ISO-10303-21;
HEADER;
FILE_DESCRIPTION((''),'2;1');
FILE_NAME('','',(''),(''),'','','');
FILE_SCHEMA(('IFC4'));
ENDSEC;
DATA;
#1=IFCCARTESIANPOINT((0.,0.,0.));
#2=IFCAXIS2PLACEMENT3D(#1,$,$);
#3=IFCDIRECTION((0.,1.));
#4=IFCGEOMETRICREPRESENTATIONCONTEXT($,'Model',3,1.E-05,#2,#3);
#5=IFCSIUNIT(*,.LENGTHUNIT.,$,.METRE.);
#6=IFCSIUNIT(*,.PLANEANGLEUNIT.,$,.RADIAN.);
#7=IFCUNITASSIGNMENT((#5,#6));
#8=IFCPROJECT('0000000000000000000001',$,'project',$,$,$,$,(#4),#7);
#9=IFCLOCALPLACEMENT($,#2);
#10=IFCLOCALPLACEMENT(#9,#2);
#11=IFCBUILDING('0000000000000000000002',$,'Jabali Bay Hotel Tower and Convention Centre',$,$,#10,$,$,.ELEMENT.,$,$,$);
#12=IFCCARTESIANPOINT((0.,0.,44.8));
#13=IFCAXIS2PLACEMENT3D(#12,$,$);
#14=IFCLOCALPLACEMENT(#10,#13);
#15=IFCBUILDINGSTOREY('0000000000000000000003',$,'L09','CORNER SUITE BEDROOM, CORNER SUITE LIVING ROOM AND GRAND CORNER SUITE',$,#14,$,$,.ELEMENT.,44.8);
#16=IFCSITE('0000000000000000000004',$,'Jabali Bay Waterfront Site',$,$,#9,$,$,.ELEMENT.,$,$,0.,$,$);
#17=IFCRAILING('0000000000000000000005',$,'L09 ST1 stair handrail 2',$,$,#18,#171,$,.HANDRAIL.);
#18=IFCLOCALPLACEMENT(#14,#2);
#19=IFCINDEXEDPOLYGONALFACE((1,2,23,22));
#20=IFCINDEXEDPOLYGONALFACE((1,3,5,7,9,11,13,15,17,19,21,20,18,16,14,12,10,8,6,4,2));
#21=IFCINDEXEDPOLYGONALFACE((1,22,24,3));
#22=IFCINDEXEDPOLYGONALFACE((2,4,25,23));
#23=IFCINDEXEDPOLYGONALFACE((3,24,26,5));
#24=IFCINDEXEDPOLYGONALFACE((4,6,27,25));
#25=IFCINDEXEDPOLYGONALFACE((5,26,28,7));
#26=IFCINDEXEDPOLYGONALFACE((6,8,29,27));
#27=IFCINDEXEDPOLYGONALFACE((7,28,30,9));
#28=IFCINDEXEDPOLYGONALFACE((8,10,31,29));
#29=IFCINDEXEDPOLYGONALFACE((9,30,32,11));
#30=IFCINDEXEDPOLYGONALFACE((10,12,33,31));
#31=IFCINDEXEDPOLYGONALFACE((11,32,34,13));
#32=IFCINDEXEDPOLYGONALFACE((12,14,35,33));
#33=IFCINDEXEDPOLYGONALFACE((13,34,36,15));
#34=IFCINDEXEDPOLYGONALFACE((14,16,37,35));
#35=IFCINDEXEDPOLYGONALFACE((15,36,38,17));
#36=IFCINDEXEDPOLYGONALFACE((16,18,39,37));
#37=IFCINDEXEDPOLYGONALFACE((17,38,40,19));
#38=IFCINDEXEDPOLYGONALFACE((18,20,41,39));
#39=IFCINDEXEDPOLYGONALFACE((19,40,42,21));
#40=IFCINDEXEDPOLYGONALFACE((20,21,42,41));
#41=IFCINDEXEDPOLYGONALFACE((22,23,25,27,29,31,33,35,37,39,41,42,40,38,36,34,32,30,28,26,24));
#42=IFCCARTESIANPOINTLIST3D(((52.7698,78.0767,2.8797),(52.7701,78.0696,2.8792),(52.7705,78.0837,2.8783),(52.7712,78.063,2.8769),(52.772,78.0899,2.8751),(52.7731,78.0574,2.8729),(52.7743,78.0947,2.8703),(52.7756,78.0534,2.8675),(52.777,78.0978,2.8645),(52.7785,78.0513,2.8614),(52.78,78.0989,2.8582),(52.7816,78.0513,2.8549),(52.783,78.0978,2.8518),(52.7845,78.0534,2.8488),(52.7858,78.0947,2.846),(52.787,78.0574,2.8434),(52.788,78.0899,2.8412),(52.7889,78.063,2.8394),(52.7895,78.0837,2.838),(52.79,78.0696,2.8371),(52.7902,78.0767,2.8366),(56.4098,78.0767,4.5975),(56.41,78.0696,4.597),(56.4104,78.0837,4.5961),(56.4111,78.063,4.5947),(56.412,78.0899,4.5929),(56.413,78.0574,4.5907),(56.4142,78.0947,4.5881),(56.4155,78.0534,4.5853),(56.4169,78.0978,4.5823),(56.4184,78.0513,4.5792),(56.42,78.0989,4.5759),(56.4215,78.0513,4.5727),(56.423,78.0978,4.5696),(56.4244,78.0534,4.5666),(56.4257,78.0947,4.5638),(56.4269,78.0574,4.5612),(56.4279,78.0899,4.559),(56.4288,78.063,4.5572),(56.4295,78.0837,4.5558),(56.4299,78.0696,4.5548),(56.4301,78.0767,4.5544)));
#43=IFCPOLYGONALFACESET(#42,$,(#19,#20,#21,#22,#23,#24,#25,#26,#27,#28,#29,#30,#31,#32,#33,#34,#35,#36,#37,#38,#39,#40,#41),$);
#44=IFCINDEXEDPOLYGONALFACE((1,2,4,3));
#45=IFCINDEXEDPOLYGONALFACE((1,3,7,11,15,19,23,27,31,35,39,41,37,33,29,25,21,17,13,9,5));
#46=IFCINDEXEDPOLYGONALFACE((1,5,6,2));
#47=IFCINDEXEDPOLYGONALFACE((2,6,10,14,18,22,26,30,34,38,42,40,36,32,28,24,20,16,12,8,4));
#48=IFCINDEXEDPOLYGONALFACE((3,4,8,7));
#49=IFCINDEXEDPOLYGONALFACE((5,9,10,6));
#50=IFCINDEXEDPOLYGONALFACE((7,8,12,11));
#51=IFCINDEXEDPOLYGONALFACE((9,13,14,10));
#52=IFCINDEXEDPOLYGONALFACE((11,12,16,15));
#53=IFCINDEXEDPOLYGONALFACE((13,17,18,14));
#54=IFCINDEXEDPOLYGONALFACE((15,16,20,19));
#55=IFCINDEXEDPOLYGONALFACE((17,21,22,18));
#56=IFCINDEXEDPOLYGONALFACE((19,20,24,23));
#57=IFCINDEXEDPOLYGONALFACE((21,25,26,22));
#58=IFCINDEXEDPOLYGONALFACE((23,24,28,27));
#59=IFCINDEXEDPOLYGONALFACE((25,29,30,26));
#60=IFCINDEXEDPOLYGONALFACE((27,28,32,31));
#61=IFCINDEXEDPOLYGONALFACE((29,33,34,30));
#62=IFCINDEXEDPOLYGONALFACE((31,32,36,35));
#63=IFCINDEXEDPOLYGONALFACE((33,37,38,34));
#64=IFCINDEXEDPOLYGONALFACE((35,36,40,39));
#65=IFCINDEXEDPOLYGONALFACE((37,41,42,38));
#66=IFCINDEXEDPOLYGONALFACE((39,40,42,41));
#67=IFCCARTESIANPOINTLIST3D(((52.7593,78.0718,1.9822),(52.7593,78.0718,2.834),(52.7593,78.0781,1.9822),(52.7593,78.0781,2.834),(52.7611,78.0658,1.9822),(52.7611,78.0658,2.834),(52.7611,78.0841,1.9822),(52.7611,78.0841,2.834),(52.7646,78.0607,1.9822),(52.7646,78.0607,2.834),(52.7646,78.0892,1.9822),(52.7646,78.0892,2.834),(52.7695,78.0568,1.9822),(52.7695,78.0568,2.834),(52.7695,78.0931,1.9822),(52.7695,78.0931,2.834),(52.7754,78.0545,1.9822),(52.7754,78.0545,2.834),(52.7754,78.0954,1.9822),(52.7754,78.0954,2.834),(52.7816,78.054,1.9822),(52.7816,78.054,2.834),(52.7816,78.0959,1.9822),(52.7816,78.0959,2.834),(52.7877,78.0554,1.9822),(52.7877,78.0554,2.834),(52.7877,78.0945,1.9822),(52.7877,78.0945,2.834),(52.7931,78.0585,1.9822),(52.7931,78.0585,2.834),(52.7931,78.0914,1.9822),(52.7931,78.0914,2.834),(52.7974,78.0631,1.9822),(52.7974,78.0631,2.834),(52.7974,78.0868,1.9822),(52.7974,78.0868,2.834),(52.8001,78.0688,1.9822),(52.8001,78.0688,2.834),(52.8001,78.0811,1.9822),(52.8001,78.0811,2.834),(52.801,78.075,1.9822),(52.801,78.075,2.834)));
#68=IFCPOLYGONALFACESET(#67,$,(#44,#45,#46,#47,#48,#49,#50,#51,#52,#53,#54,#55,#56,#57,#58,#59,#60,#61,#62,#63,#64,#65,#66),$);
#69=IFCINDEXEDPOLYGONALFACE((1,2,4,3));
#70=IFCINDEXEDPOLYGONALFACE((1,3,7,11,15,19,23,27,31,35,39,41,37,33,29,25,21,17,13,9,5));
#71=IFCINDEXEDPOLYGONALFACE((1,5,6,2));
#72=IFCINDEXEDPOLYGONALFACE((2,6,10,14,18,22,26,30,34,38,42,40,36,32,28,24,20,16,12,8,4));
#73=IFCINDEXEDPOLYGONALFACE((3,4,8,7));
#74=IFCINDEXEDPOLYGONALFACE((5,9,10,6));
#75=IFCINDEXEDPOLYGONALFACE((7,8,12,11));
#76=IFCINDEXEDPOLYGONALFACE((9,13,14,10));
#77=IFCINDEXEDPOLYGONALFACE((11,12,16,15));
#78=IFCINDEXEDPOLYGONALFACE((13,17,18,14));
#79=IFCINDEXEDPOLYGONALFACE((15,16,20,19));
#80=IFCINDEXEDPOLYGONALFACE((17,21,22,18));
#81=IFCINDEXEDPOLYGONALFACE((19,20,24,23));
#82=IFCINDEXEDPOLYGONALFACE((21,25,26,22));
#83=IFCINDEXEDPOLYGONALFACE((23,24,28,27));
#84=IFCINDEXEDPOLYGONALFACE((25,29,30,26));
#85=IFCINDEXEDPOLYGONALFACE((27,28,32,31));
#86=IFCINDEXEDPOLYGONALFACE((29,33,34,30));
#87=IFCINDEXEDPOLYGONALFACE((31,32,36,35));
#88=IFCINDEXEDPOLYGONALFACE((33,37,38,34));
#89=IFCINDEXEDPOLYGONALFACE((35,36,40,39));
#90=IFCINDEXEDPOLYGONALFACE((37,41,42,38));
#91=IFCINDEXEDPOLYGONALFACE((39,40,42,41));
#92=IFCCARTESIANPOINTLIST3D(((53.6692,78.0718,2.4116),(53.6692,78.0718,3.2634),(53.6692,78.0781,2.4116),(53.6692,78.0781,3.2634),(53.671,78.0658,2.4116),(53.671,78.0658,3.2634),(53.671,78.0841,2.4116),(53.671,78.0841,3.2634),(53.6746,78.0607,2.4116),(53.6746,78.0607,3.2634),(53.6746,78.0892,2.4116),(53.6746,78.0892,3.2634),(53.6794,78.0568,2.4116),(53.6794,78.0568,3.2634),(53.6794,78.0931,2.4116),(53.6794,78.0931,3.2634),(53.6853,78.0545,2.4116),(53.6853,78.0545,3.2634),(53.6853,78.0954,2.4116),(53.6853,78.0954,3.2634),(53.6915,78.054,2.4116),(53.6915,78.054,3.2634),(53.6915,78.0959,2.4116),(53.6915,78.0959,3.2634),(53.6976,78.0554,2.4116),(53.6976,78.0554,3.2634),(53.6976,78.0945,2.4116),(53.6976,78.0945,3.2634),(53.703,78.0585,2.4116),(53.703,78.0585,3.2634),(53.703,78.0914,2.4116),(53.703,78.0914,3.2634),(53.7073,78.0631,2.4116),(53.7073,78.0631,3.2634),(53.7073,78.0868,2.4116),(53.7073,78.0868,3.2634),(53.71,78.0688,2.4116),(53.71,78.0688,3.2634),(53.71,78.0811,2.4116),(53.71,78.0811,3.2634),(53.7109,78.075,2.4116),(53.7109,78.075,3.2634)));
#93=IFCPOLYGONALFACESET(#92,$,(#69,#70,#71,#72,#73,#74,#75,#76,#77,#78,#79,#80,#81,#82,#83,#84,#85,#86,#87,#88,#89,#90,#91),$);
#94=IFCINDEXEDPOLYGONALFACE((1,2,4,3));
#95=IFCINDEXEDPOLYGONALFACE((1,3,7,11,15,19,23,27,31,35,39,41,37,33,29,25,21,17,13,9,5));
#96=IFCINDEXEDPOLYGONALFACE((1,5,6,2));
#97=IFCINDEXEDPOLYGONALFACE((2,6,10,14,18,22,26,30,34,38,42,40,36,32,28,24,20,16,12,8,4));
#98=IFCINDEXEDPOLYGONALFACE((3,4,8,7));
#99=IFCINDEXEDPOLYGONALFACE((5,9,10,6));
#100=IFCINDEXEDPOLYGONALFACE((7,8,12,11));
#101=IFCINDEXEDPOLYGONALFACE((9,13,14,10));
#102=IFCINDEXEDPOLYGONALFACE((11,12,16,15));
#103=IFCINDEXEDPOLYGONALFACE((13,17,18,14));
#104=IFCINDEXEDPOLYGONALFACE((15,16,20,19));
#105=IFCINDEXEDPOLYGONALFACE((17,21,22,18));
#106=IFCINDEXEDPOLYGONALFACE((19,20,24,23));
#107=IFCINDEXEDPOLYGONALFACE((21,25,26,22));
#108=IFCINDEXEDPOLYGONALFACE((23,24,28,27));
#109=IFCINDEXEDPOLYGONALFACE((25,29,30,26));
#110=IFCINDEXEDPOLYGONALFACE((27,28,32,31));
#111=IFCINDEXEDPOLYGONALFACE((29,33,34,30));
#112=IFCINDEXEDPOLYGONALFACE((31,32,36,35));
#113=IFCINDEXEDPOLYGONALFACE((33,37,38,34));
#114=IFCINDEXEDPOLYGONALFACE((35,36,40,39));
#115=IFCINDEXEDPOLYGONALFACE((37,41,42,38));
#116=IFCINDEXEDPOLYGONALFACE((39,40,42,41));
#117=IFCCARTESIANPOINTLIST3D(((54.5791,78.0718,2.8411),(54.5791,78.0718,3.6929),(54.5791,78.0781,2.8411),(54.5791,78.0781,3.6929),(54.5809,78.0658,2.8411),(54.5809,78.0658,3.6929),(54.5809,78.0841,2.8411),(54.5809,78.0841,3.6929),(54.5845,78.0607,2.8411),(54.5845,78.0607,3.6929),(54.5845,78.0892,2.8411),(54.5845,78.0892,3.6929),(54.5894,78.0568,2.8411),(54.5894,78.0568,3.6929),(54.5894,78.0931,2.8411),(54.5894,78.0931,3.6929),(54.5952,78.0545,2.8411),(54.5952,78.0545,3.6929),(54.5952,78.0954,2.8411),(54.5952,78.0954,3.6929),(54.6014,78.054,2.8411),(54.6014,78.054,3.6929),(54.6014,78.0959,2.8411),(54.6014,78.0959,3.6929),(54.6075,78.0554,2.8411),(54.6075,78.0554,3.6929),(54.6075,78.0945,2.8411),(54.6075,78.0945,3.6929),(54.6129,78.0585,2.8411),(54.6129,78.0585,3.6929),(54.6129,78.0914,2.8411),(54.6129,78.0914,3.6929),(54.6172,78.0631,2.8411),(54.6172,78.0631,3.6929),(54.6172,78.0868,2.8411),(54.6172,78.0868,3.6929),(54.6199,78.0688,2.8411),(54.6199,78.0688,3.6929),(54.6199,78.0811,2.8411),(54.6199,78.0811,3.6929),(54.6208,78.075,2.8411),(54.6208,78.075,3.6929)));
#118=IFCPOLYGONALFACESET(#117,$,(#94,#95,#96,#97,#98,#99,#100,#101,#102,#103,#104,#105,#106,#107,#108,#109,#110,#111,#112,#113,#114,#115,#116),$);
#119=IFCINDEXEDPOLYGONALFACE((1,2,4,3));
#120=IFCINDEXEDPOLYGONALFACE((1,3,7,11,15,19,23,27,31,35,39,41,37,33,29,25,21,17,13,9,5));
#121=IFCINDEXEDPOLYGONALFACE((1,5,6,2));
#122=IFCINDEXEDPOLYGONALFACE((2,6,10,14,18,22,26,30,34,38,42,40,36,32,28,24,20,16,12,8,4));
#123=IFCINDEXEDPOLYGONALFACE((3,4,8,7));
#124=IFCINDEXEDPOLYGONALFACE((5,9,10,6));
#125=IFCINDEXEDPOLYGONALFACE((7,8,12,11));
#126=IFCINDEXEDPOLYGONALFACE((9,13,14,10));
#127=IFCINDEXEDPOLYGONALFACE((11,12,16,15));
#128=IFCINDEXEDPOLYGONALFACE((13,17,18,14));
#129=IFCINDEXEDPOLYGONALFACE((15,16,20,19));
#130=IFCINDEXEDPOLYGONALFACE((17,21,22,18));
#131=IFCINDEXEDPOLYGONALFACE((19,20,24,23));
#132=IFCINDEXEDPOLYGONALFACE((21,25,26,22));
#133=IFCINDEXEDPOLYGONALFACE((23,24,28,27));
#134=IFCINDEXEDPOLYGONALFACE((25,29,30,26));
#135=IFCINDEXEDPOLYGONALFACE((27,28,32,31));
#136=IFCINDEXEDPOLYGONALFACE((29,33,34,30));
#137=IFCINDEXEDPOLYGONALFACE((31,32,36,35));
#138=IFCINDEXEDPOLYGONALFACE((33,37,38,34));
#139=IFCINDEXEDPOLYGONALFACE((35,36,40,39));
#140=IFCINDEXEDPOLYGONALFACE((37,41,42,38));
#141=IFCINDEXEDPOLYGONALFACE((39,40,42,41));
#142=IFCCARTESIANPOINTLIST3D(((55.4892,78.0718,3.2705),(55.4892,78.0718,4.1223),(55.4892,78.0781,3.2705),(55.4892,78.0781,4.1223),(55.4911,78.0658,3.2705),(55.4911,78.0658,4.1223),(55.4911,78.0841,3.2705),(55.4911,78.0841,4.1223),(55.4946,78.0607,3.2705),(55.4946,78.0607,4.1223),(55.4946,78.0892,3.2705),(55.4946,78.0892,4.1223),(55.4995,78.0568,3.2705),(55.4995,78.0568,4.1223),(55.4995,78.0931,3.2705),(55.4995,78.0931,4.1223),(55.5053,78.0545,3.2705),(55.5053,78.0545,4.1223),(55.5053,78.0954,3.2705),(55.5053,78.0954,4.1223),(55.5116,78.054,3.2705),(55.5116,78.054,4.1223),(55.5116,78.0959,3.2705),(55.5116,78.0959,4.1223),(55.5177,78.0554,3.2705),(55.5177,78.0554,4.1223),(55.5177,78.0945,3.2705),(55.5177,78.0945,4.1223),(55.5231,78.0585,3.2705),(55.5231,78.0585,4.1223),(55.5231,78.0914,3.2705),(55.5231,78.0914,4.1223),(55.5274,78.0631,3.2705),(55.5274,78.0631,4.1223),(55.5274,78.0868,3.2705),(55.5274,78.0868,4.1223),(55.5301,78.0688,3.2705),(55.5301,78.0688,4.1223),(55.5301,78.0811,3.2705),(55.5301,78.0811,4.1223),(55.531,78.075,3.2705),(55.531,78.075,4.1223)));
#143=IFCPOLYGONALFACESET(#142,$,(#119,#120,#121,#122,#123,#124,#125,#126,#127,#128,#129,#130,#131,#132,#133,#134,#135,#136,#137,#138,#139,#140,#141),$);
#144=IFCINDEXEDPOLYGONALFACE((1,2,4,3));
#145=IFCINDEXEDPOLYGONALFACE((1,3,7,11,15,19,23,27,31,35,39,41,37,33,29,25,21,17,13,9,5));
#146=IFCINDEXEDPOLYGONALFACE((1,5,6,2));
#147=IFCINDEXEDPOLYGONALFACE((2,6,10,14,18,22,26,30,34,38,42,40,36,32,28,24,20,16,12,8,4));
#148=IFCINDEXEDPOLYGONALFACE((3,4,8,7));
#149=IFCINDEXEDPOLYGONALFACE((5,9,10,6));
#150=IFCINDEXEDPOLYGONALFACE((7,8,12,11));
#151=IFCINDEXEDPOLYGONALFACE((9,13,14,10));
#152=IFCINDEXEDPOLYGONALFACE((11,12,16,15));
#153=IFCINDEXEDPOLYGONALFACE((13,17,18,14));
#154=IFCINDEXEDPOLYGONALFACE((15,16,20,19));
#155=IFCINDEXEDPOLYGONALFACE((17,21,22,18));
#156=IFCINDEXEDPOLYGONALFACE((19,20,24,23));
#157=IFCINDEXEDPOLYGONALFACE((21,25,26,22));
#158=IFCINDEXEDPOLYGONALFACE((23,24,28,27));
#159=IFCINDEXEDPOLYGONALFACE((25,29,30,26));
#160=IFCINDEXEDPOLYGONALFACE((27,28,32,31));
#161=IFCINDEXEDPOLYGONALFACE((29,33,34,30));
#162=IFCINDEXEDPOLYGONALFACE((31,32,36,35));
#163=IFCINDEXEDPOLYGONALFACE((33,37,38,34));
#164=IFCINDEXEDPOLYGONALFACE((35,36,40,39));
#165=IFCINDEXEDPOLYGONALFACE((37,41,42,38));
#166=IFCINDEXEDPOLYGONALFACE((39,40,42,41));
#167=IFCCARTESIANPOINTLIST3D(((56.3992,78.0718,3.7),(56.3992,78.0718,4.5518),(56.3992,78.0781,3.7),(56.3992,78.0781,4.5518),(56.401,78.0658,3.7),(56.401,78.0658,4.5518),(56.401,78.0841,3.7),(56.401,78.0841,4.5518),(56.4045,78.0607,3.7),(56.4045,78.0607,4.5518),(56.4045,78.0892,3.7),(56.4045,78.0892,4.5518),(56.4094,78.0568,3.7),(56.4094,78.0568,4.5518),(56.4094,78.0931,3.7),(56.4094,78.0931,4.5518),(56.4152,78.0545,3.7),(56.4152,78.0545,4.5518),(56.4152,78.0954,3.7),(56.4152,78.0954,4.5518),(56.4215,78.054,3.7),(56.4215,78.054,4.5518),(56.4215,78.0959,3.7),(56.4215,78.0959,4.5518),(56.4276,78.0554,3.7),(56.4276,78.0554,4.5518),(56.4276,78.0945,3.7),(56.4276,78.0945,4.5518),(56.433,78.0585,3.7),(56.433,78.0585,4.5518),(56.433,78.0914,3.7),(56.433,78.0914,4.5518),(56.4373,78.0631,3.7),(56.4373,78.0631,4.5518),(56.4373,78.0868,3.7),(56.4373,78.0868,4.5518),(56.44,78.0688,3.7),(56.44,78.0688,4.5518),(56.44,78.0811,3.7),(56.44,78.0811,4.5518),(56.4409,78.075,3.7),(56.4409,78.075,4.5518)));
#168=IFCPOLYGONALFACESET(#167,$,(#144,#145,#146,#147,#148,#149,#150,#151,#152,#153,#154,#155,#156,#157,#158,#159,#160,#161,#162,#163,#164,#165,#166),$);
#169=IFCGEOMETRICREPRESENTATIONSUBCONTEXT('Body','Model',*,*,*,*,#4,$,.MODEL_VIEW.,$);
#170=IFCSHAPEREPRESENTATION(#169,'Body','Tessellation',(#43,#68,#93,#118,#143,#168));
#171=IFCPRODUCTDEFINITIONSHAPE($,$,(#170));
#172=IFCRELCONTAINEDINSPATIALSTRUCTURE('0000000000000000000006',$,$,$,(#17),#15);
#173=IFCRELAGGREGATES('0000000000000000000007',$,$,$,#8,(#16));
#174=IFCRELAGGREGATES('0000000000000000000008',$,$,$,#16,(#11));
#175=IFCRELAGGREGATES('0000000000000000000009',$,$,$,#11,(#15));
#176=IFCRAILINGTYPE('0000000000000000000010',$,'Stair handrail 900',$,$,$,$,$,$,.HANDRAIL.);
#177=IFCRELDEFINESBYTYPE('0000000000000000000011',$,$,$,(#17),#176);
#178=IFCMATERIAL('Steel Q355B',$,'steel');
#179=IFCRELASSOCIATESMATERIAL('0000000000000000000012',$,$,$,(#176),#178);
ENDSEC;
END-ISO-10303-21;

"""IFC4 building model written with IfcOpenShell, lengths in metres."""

from ifc_helpers import new_model, si_unit, direction, frame, origin, origin_2d, place, context, subcontext, project, spatial, circle, extrude, material, type_object, element, save


model = new_model("IFC4")

# Units and contexts
model_context = context("Model", 3, precision=1e-05, world=origin(), true_north=direction((0.0, 1.0)))
body_context = subcontext(model_context, "Body", "Model", "MODEL_VIEW")
ifc_project = project(units=[si_unit("LENGTHUNIT", "METRE"), si_unit("PLANEANGLEUNIT", "RADIAN")], contexts=[model_context])

# Site, building, storey
site_placement = place(None, origin())
site = spatial("IfcSite", under=ifc_project, at=site_placement, Name="Jabali Bay Waterfront Site", CompositionType="ELEMENT", RefElevation=0.0)
building_placement = place(site_placement, origin())
building = spatial("IfcBuilding", under=site, at=building_placement, Name="Jabali Bay Hotel Tower and Convention Centre", CompositionType="ELEMENT")
storey_placement = place(building_placement, frame((0.0, 0.0, 44.8)))
storey = spatial("IfcBuildingStorey", under=building, at=storey_placement, Name="L09", Description="CORNER SUITE BEDROOM, CORNER SUITE LIVING ROOM AND GRAND CORNER SUITE", CompositionType="ELEMENT", Elevation=44.8)

# Railing
ifc_material_1 = material(Name="Steel Q355B", Category="steel")
railing_type = type_object("IfcRailingType", Name="Stair handrail 900", PredefinedType="HANDRAIL", material=ifc_material_1)
railing_placement = place(storey_placement, frame((52.78, 78.075, 1.9822)))
element("IfcRailing", 1, at=railing_placement, inside=storey, type_object=railing_type, Name="L09 ST1 stair handrail 2", PredefinedType="HANDRAIL", context=body_context, shape_type="SweptSolid", body=[
    extrude(circle(Radius=0.0239, at=origin_2d()), frame((0.0, 0.0, 0.876), z_axis=(0.904351, 0.0, 0.42679), x_axis=(0.0, 1.0, 0.0)), (0.0, 0.0, 1.0), 4.0249),
    extrude(circle(Radius=0.021, at=origin_2d()), origin(), (0.0, 0.0, 1.0), 0.8518),
    extrude(circle(Radius=0.021, at=origin_2d()), frame((0.9099, 0.0, 0.4294)), (0.0, 0.0, 1.0), 0.8518),
    extrude(circle(Radius=0.021, at=origin_2d()), frame((1.8198, 0.0, 0.8589)), (0.0, 0.0, 1.0), 0.8518),
    extrude(circle(Radius=0.021, at=origin_2d()), frame((2.73, 0.0, 1.2883)), (0.0, 0.0, 1.0), 0.8518),
    extrude(circle(Radius=0.021, at=origin_2d()), frame((3.6399, 0.0, 1.7178)), (0.0, 0.0, 1.0), 0.8518),
])

save(model, "model.ifc")
